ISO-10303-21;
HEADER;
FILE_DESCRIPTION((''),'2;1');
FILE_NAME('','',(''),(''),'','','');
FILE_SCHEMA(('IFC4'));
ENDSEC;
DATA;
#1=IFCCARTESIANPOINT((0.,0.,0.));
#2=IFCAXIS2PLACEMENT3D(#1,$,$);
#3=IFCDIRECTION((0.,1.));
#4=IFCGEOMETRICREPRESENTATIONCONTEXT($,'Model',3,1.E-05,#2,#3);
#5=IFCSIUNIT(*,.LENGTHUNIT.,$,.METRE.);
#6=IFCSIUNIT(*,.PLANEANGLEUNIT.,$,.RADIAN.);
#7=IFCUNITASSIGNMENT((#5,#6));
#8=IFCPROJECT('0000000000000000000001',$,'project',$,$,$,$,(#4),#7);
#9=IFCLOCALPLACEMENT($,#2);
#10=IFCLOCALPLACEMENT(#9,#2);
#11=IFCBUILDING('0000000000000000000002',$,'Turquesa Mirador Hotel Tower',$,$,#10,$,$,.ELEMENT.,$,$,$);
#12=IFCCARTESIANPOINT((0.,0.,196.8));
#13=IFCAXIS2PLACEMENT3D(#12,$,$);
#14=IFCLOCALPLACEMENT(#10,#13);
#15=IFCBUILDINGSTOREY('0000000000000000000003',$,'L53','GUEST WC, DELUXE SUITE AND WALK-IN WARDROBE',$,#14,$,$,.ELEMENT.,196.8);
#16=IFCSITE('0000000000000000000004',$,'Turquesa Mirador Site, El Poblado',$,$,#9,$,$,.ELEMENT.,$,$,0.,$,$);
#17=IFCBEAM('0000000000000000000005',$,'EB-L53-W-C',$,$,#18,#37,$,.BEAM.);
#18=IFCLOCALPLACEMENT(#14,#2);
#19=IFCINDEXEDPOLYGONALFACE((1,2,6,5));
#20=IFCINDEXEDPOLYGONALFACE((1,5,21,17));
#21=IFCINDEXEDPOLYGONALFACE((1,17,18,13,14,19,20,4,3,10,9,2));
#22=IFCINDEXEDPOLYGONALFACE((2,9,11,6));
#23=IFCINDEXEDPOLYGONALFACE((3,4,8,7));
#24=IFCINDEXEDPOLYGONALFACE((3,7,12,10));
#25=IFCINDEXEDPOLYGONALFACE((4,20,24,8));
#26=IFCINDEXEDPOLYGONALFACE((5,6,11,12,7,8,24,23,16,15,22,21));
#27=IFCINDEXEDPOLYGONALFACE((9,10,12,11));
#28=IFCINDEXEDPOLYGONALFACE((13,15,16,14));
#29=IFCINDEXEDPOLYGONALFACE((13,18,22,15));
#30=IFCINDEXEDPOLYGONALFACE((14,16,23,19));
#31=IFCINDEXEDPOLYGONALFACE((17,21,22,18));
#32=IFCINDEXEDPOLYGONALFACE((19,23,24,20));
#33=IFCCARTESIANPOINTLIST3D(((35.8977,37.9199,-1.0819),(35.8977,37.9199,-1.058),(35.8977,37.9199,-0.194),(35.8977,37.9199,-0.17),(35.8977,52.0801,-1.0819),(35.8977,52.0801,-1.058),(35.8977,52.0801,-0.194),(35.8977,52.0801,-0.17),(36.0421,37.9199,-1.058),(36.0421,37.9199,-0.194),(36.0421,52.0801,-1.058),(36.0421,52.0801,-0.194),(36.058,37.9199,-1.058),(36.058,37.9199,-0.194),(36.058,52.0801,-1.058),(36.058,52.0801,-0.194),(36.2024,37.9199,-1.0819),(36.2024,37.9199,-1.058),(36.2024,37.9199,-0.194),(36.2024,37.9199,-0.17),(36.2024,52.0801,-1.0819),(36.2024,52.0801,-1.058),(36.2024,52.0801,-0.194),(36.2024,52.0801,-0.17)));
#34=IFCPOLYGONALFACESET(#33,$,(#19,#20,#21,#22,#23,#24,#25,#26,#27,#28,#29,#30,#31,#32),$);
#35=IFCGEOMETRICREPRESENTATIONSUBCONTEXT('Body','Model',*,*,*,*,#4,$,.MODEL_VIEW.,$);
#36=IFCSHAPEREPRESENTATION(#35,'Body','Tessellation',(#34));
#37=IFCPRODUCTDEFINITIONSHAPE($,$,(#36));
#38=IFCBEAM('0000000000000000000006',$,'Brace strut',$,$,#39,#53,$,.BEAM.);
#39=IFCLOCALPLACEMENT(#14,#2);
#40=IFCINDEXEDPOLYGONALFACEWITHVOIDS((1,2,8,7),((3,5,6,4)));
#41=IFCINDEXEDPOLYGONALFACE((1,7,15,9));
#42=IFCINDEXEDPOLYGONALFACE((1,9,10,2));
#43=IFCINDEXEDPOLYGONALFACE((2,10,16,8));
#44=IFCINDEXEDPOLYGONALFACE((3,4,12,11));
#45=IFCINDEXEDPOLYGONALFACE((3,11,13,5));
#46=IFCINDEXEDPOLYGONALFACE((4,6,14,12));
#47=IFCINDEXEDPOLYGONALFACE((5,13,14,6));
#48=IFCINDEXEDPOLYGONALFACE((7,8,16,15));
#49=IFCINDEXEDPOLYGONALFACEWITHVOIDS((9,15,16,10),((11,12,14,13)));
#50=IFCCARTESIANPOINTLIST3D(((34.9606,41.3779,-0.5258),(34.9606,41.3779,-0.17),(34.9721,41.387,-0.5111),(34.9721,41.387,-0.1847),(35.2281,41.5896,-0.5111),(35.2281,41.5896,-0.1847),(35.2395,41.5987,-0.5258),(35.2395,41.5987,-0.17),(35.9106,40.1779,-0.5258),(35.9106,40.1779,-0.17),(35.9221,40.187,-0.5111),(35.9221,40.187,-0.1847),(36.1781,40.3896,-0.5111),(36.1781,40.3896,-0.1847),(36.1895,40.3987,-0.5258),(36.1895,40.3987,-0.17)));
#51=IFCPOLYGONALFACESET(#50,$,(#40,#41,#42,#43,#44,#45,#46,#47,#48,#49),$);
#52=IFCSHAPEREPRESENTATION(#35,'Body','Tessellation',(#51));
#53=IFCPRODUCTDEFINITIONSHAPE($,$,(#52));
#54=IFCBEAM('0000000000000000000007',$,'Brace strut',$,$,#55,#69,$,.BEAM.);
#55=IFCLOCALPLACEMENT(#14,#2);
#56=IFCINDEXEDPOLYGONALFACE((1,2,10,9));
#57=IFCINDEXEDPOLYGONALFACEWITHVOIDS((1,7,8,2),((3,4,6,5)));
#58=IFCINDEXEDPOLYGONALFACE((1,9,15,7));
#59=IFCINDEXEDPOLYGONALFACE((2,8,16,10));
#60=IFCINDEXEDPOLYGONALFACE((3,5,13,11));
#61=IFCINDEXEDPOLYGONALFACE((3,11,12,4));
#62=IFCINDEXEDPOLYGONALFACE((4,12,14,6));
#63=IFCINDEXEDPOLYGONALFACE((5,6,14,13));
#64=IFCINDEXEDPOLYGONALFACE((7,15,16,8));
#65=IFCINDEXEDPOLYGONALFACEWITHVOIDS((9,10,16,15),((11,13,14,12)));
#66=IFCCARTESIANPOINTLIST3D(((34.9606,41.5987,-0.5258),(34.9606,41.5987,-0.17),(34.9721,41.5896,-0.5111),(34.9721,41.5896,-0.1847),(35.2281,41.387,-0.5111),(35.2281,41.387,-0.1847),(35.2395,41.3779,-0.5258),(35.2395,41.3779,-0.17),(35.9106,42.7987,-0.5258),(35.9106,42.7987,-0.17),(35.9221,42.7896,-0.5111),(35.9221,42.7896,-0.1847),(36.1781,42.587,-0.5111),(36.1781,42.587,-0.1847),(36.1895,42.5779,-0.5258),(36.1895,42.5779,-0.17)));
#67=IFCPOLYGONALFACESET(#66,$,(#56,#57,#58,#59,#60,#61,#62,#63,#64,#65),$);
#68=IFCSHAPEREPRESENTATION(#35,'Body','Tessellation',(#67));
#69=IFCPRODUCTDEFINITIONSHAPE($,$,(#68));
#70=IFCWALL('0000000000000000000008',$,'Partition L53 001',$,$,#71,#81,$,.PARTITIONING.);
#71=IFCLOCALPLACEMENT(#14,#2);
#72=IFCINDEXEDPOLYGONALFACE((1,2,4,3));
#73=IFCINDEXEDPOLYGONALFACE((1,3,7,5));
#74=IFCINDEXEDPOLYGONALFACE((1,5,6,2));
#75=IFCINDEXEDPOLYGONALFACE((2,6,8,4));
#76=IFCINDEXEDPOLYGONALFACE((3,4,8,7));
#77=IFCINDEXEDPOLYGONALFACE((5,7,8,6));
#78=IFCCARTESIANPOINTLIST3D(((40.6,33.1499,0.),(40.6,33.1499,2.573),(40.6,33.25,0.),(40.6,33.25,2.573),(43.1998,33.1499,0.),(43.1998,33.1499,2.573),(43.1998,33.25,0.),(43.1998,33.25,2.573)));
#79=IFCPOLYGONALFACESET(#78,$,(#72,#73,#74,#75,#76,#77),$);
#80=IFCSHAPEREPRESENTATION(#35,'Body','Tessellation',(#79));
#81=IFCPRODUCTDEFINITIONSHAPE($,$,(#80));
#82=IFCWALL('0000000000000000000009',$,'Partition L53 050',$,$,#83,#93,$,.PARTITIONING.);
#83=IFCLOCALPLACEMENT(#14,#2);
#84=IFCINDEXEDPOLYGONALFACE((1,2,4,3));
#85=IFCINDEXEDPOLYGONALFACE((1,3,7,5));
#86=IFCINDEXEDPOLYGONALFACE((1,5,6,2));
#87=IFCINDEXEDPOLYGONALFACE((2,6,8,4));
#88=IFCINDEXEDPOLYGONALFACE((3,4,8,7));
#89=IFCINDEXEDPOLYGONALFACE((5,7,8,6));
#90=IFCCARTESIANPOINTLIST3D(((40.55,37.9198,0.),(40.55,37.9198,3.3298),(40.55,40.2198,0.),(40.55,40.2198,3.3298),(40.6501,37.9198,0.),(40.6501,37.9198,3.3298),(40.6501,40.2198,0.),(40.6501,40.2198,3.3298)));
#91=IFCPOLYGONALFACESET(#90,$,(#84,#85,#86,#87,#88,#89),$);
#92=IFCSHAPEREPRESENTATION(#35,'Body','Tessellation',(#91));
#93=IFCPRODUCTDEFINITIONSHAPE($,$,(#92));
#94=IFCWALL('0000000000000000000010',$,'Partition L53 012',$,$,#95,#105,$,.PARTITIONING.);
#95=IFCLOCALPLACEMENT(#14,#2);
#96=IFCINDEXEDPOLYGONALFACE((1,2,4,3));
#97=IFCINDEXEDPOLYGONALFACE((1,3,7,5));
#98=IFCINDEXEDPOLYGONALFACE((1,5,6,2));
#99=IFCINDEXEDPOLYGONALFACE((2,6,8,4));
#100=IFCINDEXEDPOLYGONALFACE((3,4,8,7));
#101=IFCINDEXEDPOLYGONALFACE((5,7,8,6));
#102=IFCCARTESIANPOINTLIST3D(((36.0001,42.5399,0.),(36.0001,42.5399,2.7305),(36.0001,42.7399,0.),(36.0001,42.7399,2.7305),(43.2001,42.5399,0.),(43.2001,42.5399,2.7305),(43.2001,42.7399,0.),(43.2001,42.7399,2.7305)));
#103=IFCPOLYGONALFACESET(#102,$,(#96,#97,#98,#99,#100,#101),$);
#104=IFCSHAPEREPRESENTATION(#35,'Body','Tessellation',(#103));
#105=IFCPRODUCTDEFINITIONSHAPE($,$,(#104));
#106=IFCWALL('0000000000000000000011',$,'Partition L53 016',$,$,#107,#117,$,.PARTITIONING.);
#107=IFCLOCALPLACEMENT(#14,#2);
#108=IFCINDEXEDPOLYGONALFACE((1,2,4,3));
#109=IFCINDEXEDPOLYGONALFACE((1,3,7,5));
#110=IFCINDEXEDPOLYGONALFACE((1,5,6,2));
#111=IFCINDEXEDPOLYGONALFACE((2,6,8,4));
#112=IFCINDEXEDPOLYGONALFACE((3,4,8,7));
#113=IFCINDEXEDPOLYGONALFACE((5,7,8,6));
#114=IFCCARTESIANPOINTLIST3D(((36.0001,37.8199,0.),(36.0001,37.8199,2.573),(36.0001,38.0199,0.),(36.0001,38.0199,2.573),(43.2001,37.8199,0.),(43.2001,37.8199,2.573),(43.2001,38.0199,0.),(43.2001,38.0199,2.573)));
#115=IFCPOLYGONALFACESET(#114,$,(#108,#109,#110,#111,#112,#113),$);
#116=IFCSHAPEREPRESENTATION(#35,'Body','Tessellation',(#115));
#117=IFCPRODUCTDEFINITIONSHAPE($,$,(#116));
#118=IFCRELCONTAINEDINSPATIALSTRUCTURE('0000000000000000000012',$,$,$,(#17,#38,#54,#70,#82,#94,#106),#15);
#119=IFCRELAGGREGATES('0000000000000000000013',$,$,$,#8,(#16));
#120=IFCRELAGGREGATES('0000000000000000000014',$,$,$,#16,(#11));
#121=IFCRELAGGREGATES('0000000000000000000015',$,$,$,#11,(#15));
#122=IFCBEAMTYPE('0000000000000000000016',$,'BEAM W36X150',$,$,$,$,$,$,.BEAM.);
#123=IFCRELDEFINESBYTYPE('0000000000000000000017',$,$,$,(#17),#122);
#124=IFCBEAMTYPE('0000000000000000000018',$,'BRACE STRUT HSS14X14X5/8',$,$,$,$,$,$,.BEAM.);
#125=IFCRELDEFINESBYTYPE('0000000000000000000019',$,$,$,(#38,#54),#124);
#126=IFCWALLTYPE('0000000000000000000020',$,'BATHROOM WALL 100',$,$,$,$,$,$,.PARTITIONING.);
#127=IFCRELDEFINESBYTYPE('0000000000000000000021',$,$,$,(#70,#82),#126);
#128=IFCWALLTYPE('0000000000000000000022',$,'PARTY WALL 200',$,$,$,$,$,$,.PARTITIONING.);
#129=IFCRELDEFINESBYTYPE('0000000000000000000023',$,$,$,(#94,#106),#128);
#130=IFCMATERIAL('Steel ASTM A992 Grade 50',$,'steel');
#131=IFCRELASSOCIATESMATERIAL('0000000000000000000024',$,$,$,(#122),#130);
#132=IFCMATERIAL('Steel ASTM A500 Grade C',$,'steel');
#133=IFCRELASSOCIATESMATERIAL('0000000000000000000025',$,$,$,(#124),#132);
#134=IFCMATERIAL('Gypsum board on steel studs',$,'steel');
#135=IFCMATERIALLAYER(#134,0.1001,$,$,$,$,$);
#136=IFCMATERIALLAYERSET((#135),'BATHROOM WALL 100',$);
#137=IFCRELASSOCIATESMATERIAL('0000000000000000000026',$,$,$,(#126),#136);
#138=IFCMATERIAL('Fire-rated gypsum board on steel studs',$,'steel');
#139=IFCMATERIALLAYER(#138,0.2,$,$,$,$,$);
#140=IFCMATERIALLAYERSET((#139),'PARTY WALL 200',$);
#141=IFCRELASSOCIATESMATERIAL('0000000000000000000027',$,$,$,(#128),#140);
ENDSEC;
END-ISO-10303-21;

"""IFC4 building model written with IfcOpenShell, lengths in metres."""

from ifc_helpers import new_model, si_unit, direction, frame, frame_2d, origin, origin_2d, place, context, subcontext, project, spatial, rectangle, hollow_rectangle, i_section, extrude, material, layer, layer_set, material_profile, profile_set, type_object, element, save


model = new_model("IFC4")

# Units and contexts
model_context = context("Model", 3, precision=1e-05, world=origin(), true_north=direction((0.0, 1.0)))
body_context = subcontext(model_context, "Body", "Model", "MODEL_VIEW")
ifc_project = project(units=[si_unit("LENGTHUNIT", "METRE"), si_unit("PLANEANGLEUNIT", "RADIAN")], contexts=[model_context])

# Site, building, storey
site_placement = place(None, origin())
site = spatial("IfcSite", under=ifc_project, at=site_placement, Name="Turquesa Mirador Site, El Poblado", CompositionType="ELEMENT", RefElevation=0.0)
building_placement = place(site_placement, origin())
building = spatial("IfcBuilding", under=site, at=building_placement, Name="Turquesa Mirador Hotel Tower", CompositionType="ELEMENT")
storey_placement = place(building_placement, frame((0.0, 0.0, 196.8)))
storey = spatial("IfcBuildingStorey", under=building, at=storey_placement, Name="L53", Description="GUEST WC, DELUXE SUITE AND WALK-IN WARDROBE", CompositionType="ELEMENT", Elevation=196.8)

# Beams
ifc_material_1 = material(Name="Steel ASTM A992 Grade 50", Category="steel")
ifc_material_profile_1 = material_profile(ifc_material_1, i_section(OverallWidth=0.3047, OverallDepth=0.9119, WebThickness=0.0159, FlangeThickness=0.0239, at=origin_2d()), Name="W36X150")
ifc_profile_set_1 = profile_set([ifc_material_profile_1], Name="Steel ASTM A992 Grade 50")
beam_type_1 = type_object("IfcBeamType", Name="BEAM W36X150", PredefinedType="BEAM", material=ifc_profile_set_1)
beam_1_placement = place(storey_placement, frame((36.05, 37.9199, -0.626), z_axis=(0.0, 1.0, 0.0), x_axis=(-1.0, 0.0, 0.0)))
element("IfcBeam", 1, at=beam_1_placement, inside=storey, type_object=beam_type_1, Name="EB-L53-W-C", PredefinedType="BEAM", context=body_context, shape_type="SweptSolid", body=[
    extrude(i_section(OverallWidth=0.3047, OverallDepth=0.9119, WebThickness=0.0159, FlangeThickness=0.0239, at=origin_2d()), origin(), (0.0, 0.0, 1.0), 14.1602),
])
ifc_material_2 = material(Name="Steel ASTM A500 Grade C", Category="steel")
ifc_material_profile_2 = material_profile(ifc_material_2, hollow_rectangle(XDim=0.3557, YDim=0.3557, WallThickness=0.0146, at=origin_2d()), Name="HSS14X14X5/8")
ifc_profile_set_2 = profile_set([ifc_material_profile_2], Name="Steel ASTM A500 Grade C")
beam_type_2 = type_object("IfcBeamType", Name="BRACE STRUT HSS14X14X5/8", PredefinedType="BEAM", material=ifc_profile_set_2)
for number, where, z_axis, x_axis, name in (
    (2, (35.1001, 41.4883, -0.3479), (0.620699, -0.784049, 0.0), (0.784049, 0.620699, 0.0), "Brace strut"),
    (3, (35.1001, 41.4883, -0.3479), (0.620699, 0.784049, 0.0), (-0.784049, 0.620699, 0.0), "Brace strut"),
):
    element("IfcBeam", number, at=place(storey_placement, frame(where, z_axis=z_axis, x_axis=x_axis)), inside=storey, type_object=beam_type_2, Name=name, PredefinedType="BEAM", context=body_context, shape_type="SweptSolid", body=[
        extrude(hollow_rectangle(XDim=0.3557, YDim=0.3557, WallThickness=0.0146, at=origin_2d()), origin(), (0.0, 0.0, 1.0), 1.5305),
    ])

# Walls
ifc_material_3 = material(Name="Gypsum board on steel studs", Category="steel")
ifc_layer_1 = layer(ifc_material_3, 0.1001)
ifc_layer_set_1 = layer_set([ifc_layer_1], Name="BATHROOM WALL 100")
wall_type_1 = type_object("IfcWallType", Name="BATHROOM WALL 100", PredefinedType="PARTITIONING", material=ifc_layer_set_1)
wall_1_placement = place(storey_placement, frame((40.6001, 33.2, 0.0), z_axis=(0.0, 0.0, 1.0), x_axis=(1.0, 0.0, 0.0)))
element("IfcWall", 4, at=wall_1_placement, inside=storey, type_object=wall_type_1, Name="Partition L53 001", PredefinedType="PARTITIONING", context=body_context, shape_type="SweptSolid", body=[
    extrude(rectangle(XDim=2.5999, YDim=0.1001, at=frame_2d((1.2998, 0.0))), origin(), (0.0, 0.0, 1.0), 2.573),
])
wall_2_placement = place(storey_placement, frame((40.6001, 37.9199, 0.0), z_axis=(0.0, 0.0, 1.0), x_axis=(0.0, 1.0, 0.0)))
element("IfcWall", 5, at=wall_2_placement, inside=storey, type_object=wall_type_1, Name="Partition L53 050", PredefinedType="PARTITIONING", context=body_context, shape_type="SweptSolid", body=[
    extrude(rectangle(XDim=2.3, YDim=0.1001, at=frame_2d((1.1499, 0.0))), origin(), (0.0, 0.0, 1.0), 3.3298),
])
ifc_material_4 = material(Name="Fire-rated gypsum board on steel studs", Category="steel")
ifc_layer_2 = layer(ifc_material_4, 0.2)
ifc_layer_set_2 = layer_set([ifc_layer_2], Name="PARTY WALL 200")
wall_type_2 = type_object("IfcWallType", Name="PARTY WALL 200", PredefinedType="PARTITIONING", material=ifc_layer_set_2)
wall_3_placement = place(storey_placement, frame((36.0, 42.6399, 0.0), z_axis=(0.0, 0.0, 1.0), x_axis=(1.0, 0.0, 0.0)))
element("IfcWall", 6, at=wall_3_placement, inside=storey, type_object=wall_type_2, Name="Partition L53 012", PredefinedType="PARTITIONING", context=body_context, shape_type="SweptSolid", body=[
    extrude(rectangle(XDim=7.2, YDim=0.2, at=frame_2d((3.6001, 0.0))), origin(), (0.0, 0.0, 1.0), 2.7305),
])
wall_4_placement = place(storey_placement, frame((36.0, 37.9199, 0.0), z_axis=(0.0, 0.0, 1.0), x_axis=(1.0, 0.0, 0.0)))
element("IfcWall", 7, at=wall_4_placement, inside=storey, type_object=wall_type_2, Name="Partition L53 016", PredefinedType="PARTITIONING", context=body_context, shape_type="SweptSolid", body=[
    extrude(rectangle(XDim=7.2, YDim=0.2, at=frame_2d((3.6001, 0.0))), origin(), (0.0, 0.0, 1.0), 2.573),
])

save(model, "model.ifc")
